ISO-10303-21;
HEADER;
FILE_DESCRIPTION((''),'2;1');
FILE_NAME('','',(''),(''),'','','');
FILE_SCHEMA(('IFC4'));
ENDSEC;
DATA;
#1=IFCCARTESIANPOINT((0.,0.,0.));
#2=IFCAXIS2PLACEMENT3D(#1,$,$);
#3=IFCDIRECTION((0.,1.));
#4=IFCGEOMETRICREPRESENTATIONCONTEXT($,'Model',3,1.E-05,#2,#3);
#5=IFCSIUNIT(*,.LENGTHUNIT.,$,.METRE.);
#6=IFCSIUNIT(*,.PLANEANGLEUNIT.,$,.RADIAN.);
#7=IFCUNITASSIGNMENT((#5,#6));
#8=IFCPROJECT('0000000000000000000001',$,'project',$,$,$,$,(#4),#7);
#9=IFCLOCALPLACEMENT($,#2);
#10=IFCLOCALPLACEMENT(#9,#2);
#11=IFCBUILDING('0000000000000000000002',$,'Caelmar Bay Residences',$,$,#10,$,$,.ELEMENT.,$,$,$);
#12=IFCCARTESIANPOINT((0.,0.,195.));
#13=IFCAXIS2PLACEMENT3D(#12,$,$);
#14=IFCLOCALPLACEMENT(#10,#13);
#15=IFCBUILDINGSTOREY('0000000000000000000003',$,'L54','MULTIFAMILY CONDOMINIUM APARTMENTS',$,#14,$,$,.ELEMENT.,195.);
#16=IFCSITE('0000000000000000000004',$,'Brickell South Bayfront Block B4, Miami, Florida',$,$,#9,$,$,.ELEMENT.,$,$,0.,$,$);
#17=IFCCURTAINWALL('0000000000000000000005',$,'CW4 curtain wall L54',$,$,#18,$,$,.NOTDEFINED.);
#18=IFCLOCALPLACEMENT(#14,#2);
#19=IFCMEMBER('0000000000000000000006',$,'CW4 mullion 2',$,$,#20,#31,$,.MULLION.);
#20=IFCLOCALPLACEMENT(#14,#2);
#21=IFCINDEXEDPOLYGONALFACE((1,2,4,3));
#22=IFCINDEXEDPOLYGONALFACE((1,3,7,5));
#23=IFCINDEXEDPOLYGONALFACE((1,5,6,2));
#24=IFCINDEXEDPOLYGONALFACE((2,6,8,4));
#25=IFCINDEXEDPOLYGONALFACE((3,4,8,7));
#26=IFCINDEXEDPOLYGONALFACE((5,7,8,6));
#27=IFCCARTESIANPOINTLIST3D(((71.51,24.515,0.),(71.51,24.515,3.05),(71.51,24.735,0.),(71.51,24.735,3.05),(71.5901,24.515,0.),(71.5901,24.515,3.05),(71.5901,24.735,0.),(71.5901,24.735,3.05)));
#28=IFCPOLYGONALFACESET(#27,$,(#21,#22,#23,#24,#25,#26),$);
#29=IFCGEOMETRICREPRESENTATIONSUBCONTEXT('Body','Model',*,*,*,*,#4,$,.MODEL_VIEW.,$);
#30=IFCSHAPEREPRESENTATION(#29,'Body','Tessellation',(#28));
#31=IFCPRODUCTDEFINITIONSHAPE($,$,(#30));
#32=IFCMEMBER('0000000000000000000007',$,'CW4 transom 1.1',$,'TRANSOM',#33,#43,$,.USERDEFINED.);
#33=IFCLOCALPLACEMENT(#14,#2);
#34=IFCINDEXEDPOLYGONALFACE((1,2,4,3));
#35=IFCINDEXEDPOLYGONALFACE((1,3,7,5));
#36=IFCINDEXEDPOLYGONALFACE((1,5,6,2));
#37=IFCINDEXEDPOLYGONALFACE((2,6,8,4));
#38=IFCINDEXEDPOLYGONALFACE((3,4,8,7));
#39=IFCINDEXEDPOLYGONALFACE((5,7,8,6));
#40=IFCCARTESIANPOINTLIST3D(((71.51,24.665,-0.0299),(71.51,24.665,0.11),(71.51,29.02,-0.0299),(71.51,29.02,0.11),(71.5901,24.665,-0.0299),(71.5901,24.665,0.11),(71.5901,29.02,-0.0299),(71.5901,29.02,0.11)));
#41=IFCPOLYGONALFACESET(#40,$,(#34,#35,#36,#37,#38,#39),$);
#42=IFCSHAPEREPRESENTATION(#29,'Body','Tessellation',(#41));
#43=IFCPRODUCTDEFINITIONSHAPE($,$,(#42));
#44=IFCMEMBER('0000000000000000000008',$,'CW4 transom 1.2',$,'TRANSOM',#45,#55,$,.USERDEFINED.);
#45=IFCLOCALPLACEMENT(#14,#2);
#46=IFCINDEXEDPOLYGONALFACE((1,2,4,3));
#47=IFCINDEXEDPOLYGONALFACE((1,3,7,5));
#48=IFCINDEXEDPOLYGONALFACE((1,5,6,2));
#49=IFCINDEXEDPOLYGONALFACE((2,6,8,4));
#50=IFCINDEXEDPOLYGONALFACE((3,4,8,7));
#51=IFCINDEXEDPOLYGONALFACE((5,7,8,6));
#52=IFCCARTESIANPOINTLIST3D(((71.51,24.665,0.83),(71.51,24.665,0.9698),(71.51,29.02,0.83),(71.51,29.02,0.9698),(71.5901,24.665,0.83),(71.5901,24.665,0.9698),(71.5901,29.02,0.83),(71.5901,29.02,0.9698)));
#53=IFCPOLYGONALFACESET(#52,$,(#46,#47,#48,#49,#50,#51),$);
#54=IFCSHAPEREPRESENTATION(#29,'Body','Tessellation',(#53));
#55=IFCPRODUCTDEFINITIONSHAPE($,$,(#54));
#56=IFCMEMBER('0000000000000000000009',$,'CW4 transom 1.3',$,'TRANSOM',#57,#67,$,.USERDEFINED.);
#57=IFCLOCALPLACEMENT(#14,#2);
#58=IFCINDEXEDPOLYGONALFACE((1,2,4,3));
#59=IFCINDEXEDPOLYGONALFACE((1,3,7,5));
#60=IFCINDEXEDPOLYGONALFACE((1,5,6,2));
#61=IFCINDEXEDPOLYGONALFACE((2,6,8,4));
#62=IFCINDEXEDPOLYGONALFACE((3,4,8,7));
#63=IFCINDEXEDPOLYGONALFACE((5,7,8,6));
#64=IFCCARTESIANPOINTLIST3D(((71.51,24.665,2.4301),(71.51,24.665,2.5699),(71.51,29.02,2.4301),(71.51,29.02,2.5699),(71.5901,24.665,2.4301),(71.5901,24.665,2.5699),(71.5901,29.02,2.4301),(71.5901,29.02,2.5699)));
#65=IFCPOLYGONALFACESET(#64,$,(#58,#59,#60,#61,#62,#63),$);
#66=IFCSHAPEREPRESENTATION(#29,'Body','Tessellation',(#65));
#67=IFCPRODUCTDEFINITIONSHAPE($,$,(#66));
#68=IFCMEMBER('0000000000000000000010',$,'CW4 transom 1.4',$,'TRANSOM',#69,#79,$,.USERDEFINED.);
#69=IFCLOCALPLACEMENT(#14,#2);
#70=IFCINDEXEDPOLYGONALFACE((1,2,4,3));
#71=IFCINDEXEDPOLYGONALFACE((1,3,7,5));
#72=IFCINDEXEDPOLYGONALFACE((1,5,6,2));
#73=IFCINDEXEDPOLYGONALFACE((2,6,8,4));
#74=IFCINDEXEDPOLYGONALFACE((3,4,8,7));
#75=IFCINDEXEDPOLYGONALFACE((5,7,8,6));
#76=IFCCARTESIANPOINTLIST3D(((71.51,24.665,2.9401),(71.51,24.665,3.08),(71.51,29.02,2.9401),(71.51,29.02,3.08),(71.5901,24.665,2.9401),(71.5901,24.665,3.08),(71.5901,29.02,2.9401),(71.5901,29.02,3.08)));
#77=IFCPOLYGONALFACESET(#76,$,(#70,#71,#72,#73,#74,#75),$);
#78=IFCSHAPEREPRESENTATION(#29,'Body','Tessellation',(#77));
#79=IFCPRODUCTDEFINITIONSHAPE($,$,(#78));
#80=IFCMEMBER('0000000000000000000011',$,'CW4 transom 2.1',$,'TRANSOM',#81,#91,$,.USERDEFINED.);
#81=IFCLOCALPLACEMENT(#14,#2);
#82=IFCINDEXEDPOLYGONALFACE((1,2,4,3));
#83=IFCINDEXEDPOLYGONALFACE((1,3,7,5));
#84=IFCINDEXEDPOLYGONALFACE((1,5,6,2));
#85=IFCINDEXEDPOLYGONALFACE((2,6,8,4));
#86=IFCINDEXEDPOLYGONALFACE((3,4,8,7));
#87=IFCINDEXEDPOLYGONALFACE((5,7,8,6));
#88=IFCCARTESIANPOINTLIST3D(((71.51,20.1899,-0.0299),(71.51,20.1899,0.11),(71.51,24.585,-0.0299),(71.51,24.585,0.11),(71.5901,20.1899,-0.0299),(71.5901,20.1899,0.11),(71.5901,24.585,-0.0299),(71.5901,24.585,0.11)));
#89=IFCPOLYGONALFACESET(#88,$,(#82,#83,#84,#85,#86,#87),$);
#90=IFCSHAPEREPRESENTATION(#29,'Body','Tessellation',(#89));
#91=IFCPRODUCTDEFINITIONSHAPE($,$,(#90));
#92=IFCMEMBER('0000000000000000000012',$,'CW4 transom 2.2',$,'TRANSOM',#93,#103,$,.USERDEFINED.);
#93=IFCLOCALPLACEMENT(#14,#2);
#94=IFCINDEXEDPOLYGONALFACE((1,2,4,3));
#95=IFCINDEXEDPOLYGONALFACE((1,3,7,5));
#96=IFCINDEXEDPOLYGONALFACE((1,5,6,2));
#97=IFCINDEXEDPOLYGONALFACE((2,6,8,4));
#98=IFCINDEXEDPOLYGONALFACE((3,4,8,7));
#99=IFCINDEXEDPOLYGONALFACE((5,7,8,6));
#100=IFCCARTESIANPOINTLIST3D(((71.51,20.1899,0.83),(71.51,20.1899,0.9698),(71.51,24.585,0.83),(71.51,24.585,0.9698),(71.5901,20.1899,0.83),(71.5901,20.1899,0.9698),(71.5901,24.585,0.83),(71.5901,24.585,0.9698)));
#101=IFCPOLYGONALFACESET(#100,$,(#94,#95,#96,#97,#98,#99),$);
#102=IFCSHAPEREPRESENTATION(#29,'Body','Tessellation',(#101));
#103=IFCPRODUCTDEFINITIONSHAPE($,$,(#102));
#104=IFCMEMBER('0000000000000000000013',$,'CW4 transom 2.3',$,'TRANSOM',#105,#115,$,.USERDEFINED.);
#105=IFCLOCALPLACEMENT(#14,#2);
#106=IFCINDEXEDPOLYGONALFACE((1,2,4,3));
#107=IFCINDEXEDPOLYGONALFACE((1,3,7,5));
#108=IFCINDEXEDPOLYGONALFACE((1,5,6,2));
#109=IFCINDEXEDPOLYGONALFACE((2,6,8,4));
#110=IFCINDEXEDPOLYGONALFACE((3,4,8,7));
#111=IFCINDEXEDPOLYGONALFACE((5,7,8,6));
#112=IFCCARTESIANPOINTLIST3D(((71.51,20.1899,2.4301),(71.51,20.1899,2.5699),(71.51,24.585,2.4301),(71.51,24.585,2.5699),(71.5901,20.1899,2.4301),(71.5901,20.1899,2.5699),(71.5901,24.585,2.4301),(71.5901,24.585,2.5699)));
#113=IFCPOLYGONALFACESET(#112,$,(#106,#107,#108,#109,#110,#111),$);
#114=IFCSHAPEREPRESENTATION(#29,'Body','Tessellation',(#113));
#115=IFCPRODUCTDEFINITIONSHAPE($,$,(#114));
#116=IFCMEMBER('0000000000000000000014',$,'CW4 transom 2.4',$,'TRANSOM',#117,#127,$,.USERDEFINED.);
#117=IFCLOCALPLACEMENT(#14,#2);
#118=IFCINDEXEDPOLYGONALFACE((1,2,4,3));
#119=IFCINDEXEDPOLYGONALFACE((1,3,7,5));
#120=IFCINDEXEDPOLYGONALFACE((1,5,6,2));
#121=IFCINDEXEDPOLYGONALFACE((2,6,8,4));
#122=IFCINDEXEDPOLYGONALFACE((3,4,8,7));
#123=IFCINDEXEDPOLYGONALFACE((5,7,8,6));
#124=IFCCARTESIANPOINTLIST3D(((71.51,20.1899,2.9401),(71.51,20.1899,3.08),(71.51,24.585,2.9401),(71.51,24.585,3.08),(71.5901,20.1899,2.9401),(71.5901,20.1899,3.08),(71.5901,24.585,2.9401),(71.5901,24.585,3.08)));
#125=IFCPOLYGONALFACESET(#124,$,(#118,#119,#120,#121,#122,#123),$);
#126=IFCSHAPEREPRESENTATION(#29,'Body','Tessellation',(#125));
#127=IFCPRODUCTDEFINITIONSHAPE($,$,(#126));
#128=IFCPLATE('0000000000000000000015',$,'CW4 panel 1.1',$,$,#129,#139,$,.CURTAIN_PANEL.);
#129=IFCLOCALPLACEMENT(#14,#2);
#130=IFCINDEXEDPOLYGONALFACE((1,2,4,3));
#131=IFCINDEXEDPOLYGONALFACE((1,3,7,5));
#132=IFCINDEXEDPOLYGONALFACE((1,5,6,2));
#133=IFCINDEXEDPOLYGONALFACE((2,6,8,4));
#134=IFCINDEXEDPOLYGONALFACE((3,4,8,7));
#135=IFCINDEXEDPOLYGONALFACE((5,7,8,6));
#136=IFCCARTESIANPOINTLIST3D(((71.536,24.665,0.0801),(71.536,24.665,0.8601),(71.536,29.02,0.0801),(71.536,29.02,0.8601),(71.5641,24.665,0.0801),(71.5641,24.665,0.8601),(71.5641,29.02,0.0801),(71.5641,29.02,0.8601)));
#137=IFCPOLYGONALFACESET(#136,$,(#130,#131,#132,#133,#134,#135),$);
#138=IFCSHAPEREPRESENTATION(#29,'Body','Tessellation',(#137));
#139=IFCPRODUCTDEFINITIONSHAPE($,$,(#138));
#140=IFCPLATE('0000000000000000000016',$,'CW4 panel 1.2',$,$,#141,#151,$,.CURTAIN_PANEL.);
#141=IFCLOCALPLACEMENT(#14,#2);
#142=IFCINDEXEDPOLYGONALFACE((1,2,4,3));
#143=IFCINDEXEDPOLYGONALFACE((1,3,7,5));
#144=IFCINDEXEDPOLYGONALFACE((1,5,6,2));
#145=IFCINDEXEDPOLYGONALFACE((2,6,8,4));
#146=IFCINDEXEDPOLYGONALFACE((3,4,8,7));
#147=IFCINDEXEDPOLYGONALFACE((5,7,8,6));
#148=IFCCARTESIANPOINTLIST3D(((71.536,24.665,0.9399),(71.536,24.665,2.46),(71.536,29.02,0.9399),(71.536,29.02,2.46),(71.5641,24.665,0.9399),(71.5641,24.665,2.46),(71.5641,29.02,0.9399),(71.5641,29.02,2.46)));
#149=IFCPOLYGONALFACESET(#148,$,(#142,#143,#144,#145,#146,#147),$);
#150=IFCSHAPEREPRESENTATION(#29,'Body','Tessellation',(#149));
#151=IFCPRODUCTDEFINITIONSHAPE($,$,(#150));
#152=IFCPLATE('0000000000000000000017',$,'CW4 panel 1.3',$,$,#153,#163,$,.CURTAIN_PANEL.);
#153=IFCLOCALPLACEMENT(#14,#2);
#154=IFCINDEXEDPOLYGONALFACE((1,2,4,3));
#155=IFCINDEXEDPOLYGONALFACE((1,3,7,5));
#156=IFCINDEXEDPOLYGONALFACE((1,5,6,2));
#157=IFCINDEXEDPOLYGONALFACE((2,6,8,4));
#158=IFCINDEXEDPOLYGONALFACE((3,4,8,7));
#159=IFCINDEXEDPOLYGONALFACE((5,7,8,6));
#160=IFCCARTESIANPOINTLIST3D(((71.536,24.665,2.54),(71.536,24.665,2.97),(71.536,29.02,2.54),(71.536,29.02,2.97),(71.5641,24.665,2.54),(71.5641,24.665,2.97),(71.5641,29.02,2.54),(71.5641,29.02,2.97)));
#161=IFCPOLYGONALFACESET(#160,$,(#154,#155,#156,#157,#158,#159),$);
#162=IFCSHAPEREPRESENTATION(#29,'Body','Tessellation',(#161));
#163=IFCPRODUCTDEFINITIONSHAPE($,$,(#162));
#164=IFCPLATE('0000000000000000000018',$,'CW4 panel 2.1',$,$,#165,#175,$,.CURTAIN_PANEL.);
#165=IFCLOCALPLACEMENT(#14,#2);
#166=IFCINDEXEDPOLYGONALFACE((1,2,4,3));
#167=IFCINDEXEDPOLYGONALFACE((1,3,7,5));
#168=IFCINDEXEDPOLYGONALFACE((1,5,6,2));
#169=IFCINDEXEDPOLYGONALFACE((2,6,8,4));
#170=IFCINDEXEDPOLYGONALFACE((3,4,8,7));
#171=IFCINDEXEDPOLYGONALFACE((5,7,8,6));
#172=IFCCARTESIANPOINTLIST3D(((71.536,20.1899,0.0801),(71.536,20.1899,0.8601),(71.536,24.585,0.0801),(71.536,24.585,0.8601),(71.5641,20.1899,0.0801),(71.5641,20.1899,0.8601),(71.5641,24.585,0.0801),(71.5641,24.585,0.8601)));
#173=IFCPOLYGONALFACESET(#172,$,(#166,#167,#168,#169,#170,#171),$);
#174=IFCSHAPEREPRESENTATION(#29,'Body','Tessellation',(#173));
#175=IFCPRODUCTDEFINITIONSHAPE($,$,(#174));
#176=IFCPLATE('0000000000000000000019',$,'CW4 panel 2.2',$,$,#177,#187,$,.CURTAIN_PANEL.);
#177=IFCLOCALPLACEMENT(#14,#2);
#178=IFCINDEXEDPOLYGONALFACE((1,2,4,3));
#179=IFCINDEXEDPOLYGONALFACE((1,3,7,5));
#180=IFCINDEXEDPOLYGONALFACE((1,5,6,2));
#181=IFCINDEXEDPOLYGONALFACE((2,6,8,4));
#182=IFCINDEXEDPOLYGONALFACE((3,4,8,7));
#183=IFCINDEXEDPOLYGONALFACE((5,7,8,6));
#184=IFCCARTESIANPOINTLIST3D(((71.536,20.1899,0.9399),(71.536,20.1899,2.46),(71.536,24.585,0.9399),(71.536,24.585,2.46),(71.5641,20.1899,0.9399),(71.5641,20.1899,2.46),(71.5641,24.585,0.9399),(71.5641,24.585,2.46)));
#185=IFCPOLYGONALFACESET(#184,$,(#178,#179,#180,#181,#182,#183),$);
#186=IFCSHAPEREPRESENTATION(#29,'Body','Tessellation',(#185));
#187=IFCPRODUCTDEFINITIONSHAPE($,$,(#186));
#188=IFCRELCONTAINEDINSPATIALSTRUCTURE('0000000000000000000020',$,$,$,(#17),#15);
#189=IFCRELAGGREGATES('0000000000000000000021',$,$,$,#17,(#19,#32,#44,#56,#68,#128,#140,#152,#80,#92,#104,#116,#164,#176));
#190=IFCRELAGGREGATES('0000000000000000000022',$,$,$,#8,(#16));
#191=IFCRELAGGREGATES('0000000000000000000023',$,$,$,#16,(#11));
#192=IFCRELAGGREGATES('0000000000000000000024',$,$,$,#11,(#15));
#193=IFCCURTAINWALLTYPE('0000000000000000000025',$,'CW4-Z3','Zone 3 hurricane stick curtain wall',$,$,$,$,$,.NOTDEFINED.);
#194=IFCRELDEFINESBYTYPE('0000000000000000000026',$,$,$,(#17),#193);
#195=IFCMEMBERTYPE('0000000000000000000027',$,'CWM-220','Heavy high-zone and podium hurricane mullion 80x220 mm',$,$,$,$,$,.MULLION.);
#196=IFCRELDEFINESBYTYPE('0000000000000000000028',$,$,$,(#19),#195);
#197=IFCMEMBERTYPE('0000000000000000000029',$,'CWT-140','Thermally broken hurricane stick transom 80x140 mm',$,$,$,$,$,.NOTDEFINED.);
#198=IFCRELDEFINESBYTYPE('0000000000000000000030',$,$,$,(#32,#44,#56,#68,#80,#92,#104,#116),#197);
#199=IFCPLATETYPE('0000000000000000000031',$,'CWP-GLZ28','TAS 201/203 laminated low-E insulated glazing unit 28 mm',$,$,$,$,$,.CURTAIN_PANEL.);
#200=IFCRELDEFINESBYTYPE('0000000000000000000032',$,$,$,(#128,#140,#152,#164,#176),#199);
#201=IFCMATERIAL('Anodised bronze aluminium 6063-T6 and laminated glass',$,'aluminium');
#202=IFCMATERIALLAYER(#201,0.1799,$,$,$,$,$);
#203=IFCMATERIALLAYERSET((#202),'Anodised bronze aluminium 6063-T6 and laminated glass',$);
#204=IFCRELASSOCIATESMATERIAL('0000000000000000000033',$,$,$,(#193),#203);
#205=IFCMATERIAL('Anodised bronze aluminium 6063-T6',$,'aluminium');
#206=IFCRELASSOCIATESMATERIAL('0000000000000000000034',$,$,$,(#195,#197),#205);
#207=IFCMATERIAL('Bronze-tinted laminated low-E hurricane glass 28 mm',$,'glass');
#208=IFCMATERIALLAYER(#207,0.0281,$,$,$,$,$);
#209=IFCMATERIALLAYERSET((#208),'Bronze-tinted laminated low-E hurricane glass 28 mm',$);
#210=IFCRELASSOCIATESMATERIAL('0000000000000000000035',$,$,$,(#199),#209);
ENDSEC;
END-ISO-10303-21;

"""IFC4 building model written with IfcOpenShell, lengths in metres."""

from ifc_helpers import new_model, si_unit, direction, frame, origin, origin_2d, place, context, subcontext, project, spatial, rectangle, extrude, material, layer, layer_set, material_profile, profile_set, type_object, element, aggregate, save


model = new_model("IFC4")

# Units and contexts
model_context = context("Model", 3, precision=1e-05, world=origin(), true_north=direction((0.0, 1.0)))
body_context = subcontext(model_context, "Body", "Model", "MODEL_VIEW")
ifc_project = project(units=[si_unit("LENGTHUNIT", "METRE"), si_unit("PLANEANGLEUNIT", "RADIAN")], contexts=[model_context])

# Site, building, storey
site_placement = place(None, origin())
site = spatial("IfcSite", under=ifc_project, at=site_placement, Name="Brickell South Bayfront Block B4, Miami, Florida", CompositionType="ELEMENT", RefElevation=0.0)
building_placement = place(site_placement, origin())
building = spatial("IfcBuilding", under=site, at=building_placement, Name="Caelmar Bay Residences", CompositionType="ELEMENT")
storey_placement = place(building_placement, frame((0.0, 0.0, 195.0)))
storey = spatial("IfcBuildingStorey", under=building, at=storey_placement, Name="L54", Description="MULTIFAMILY CONDOMINIUM APARTMENTS", CompositionType="ELEMENT", Elevation=195.0)

# Curtain wall, members, plates
ifc_material_1 = material(Name="Anodised bronze aluminium 6063-T6 and laminated glass", Category="aluminium")
ifc_layer_1 = layer(ifc_material_1, 0.1799)
ifc_layer_set_1 = layer_set([ifc_layer_1], Name="Anodised bronze aluminium 6063-T6 and laminated glass")
curtain_wall_type = type_object("IfcCurtainWallType", Name="CW4-Z3", Description="Zone 3 hurricane stick curtain wall", PredefinedType="NOTDEFINED", material=ifc_layer_set_1)
curtain_wall_placement = place(storey_placement, origin())
curtain_wall = element("IfcCurtainWall", 1, at=curtain_wall_placement, inside=storey, type_object=curtain_wall_type, Name="CW4 curtain wall L54", PredefinedType="NOTDEFINED")
ifc_material_2 = material(Name="Anodised bronze aluminium 6063-T6", Category="aluminium")
ifc_material_profile_1 = material_profile(ifc_material_2, rectangle(XDim=0.0801, YDim=0.22, at=origin_2d()), Name="CWM-80X220")
ifc_profile_set_1 = profile_set([ifc_material_profile_1], Name="Anodised bronze aluminium 6063-T6")
member_type_1 = type_object("IfcMemberType", Name="CWM-220", Description="Heavy high-zone and podium hurricane mullion 80x220 mm", PredefinedType="MULLION", material=ifc_profile_set_1)
member_1_placement = place(storey_placement, frame((71.55, 24.625, 0.0), z_axis=(0.0, 0.0, 1.0), x_axis=(1.0, 0.0, 0.0)))
member_1 = element("IfcMember", 2, at=member_1_placement, type_object=member_type_1, Name="CW4 mullion 2", PredefinedType="MULLION", context=body_context, shape_type="SweptSolid", body=[
    extrude(rectangle(XDim=0.0801, YDim=0.22, at=origin_2d()), origin(), (0.0, 0.0, 1.0), 3.05),
])
ifc_material_profile_2 = material_profile(ifc_material_2, rectangle(XDim=0.0801, YDim=0.1399, at=origin_2d()), Name="CWT-80X140")
ifc_profile_set_2 = profile_set([ifc_material_profile_2], Name="Anodised bronze aluminium 6063-T6")
member_type_2 = type_object("IfcMemberType", Name="CWT-140", Description="Thermally broken hurricane stick transom 80x140 mm", PredefinedType="NOTDEFINED", material=ifc_profile_set_2)
member_2_placement = place(storey_placement, frame((71.55, 29.02, 0.04), z_axis=(0.0, -1.0, 0.0), x_axis=(1.0, 0.0, 0.0)))
member_2 = element("IfcMember", 3, at=member_2_placement, type_object=member_type_2, Name="CW4 transom 1.1", ObjectType="TRANSOM", PredefinedType="USERDEFINED", context=body_context, shape_type="SweptSolid", body=[
    extrude(rectangle(XDim=0.0801, YDim=0.1399, at=origin_2d()), origin(), (0.0, 0.0, 1.0), 4.355),
])
member_3_placement = place(storey_placement, frame((71.55, 29.02, 0.8999), z_axis=(0.0, -1.0, 0.0), x_axis=(1.0, 0.0, 0.0)))
member_3 = element("IfcMember", 4, at=member_3_placement, type_object=member_type_2, Name="CW4 transom 1.2", ObjectType="TRANSOM", PredefinedType="USERDEFINED", context=body_context, shape_type="SweptSolid", body=[
    extrude(rectangle(XDim=0.0801, YDim=0.1399, at=origin_2d()), origin(), (0.0, 0.0, 1.0), 4.355),
])
member_4_placement = place(storey_placement, frame((71.55, 29.02, 2.5), z_axis=(0.0, -1.0, 0.0), x_axis=(1.0, 0.0, 0.0)))
member_4 = element("IfcMember", 5, at=member_4_placement, type_object=member_type_2, Name="CW4 transom 1.3", ObjectType="TRANSOM", PredefinedType="USERDEFINED", context=body_context, shape_type="SweptSolid", body=[
    extrude(rectangle(XDim=0.0801, YDim=0.1399, at=origin_2d()), origin(), (0.0, 0.0, 1.0), 4.355),
])
member_5_placement = place(storey_placement, frame((71.55, 29.02, 3.01), z_axis=(0.0, -1.0, 0.0), x_axis=(1.0, 0.0, 0.0)))
member_5 = element("IfcMember", 6, at=member_5_placement, type_object=member_type_2, Name="CW4 transom 1.4", ObjectType="TRANSOM", PredefinedType="USERDEFINED", context=body_context, shape_type="SweptSolid", body=[
    extrude(rectangle(XDim=0.0801, YDim=0.1399, at=origin_2d()), origin(), (0.0, 0.0, 1.0), 4.355),
])
member_6_placement = place(storey_placement, frame((71.55, 24.585, 0.04), z_axis=(0.0, -1.0, 0.0), x_axis=(1.0, 0.0, 0.0)))
member_6 = element("IfcMember", 7, at=member_6_placement, type_object=member_type_2, Name="CW4 transom 2.1", ObjectType="TRANSOM", PredefinedType="USERDEFINED", context=body_context, shape_type="SweptSolid", body=[
    extrude(rectangle(XDim=0.0801, YDim=0.1399, at=origin_2d()), origin(), (0.0, 0.0, 1.0), 4.395),
])
member_7_placement = place(storey_placement, frame((71.55, 24.585, 0.8999), z_axis=(0.0, -1.0, 0.0), x_axis=(1.0, 0.0, 0.0)))
member_7 = element("IfcMember", 8, at=member_7_placement, type_object=member_type_2, Name="CW4 transom 2.2", ObjectType="TRANSOM", PredefinedType="USERDEFINED", context=body_context, shape_type="SweptSolid", body=[
    extrude(rectangle(XDim=0.0801, YDim=0.1399, at=origin_2d()), origin(), (0.0, 0.0, 1.0), 4.395),
])
member_8_placement = place(storey_placement, frame((71.55, 24.585, 2.5), z_axis=(0.0, -1.0, 0.0), x_axis=(1.0, 0.0, 0.0)))
member_8 = element("IfcMember", 9, at=member_8_placement, type_object=member_type_2, Name="CW4 transom 2.3", ObjectType="TRANSOM", PredefinedType="USERDEFINED", context=body_context, shape_type="SweptSolid", body=[
    extrude(rectangle(XDim=0.0801, YDim=0.1399, at=origin_2d()), origin(), (0.0, 0.0, 1.0), 4.395),
])
member_9_placement = place(storey_placement, frame((71.55, 24.585, 3.01), z_axis=(0.0, -1.0, 0.0), x_axis=(1.0, 0.0, 0.0)))
member_9 = element("IfcMember", 10, at=member_9_placement, type_object=member_type_2, Name="CW4 transom 2.4", ObjectType="TRANSOM", PredefinedType="USERDEFINED", context=body_context, shape_type="SweptSolid", body=[
    extrude(rectangle(XDim=0.0801, YDim=0.1399, at=origin_2d()), origin(), (0.0, 0.0, 1.0), 4.395),
])
ifc_material_3 = material(Name="Bronze-tinted laminated low-E hurricane glass 28 mm", Category="glass")
ifc_layer_2 = layer(ifc_material_3, 0.0281)
ifc_layer_set_2 = layer_set([ifc_layer_2], Name="Bronze-tinted laminated low-E hurricane glass 28 mm")
plate_type = type_object("IfcPlateType", Name="CWP-GLZ28", Description="TAS 201/203 laminated low-E insulated glazing unit 28 mm", PredefinedType="CURTAIN_PANEL", material=ifc_layer_set_2)
plate_1_placement = place(storey_placement, frame((71.55, 26.8425, 0.0801), z_axis=(0.0, 0.0, 1.0), x_axis=(0.0, -1.0, 0.0)))
plate_1 = element("IfcPlate", 11, at=plate_1_placement, type_object=plate_type, Name="CW4 panel 1.1", PredefinedType="CURTAIN_PANEL", context=body_context, shape_type="SweptSolid", body=[
    extrude(rectangle(XDim=4.355, YDim=0.0281, at=origin_2d()), origin(), (0.0, 0.0, 1.0), 0.78),
])
plate_2_placement = place(storey_placement, frame((71.55, 26.8425, 0.9399), z_axis=(0.0, 0.0, 1.0), x_axis=(0.0, -1.0, 0.0)))
plate_2 = element("IfcPlate", 12, at=plate_2_placement, type_object=plate_type, Name="CW4 panel 1.2", PredefinedType="CURTAIN_PANEL", context=body_context, shape_type="SweptSolid", body=[
    extrude(rectangle(XDim=4.355, YDim=0.0281, at=origin_2d()), origin(), (0.0, 0.0, 1.0), 1.52),
])
plate_3_placement = place(storey_placement, frame((71.55, 26.8425, 2.54), z_axis=(0.0, 0.0, 1.0), x_axis=(0.0, -1.0, 0.0)))
plate_3 = element("IfcPlate", 13, at=plate_3_placement, type_object=plate_type, Name="CW4 panel 1.3", PredefinedType="CURTAIN_PANEL", context=body_context, shape_type="SweptSolid", body=[
    extrude(rectangle(XDim=4.355, YDim=0.0281, at=origin_2d()), origin(), (0.0, 0.0, 1.0), 0.4299),
])
plate_4_placement = place(storey_placement, frame((71.55, 22.3875, 0.0801), z_axis=(0.0, 0.0, 1.0), x_axis=(0.0, -1.0, 0.0)))
plate_4 = element("IfcPlate", 14, at=plate_4_placement, type_object=plate_type, Name="CW4 panel 2.1", PredefinedType="CURTAIN_PANEL", context=body_context, shape_type="SweptSolid", body=[
    extrude(rectangle(XDim=4.395, YDim=0.0281, at=origin_2d()), origin(), (0.0, 0.0, 1.0), 0.78),
])
plate_5_placement = place(storey_placement, frame((71.55, 22.3875, 0.9399), z_axis=(0.0, 0.0, 1.0), x_axis=(0.0, -1.0, 0.0)))
plate_5 = element("IfcPlate", 15, at=plate_5_placement, type_object=plate_type, Name="CW4 panel 2.2", PredefinedType="CURTAIN_PANEL", context=body_context, shape_type="SweptSolid", body=[
    extrude(rectangle(XDim=4.395, YDim=0.0281, at=origin_2d()), origin(), (0.0, 0.0, 1.0), 1.52),
])
aggregate(curtain_wall, [member_1, member_2, member_3, member_4, member_5, plate_1, plate_2, plate_3, member_6, member_7, member_8, member_9, plate_4, plate_5])

save(model, "model.ifc")
